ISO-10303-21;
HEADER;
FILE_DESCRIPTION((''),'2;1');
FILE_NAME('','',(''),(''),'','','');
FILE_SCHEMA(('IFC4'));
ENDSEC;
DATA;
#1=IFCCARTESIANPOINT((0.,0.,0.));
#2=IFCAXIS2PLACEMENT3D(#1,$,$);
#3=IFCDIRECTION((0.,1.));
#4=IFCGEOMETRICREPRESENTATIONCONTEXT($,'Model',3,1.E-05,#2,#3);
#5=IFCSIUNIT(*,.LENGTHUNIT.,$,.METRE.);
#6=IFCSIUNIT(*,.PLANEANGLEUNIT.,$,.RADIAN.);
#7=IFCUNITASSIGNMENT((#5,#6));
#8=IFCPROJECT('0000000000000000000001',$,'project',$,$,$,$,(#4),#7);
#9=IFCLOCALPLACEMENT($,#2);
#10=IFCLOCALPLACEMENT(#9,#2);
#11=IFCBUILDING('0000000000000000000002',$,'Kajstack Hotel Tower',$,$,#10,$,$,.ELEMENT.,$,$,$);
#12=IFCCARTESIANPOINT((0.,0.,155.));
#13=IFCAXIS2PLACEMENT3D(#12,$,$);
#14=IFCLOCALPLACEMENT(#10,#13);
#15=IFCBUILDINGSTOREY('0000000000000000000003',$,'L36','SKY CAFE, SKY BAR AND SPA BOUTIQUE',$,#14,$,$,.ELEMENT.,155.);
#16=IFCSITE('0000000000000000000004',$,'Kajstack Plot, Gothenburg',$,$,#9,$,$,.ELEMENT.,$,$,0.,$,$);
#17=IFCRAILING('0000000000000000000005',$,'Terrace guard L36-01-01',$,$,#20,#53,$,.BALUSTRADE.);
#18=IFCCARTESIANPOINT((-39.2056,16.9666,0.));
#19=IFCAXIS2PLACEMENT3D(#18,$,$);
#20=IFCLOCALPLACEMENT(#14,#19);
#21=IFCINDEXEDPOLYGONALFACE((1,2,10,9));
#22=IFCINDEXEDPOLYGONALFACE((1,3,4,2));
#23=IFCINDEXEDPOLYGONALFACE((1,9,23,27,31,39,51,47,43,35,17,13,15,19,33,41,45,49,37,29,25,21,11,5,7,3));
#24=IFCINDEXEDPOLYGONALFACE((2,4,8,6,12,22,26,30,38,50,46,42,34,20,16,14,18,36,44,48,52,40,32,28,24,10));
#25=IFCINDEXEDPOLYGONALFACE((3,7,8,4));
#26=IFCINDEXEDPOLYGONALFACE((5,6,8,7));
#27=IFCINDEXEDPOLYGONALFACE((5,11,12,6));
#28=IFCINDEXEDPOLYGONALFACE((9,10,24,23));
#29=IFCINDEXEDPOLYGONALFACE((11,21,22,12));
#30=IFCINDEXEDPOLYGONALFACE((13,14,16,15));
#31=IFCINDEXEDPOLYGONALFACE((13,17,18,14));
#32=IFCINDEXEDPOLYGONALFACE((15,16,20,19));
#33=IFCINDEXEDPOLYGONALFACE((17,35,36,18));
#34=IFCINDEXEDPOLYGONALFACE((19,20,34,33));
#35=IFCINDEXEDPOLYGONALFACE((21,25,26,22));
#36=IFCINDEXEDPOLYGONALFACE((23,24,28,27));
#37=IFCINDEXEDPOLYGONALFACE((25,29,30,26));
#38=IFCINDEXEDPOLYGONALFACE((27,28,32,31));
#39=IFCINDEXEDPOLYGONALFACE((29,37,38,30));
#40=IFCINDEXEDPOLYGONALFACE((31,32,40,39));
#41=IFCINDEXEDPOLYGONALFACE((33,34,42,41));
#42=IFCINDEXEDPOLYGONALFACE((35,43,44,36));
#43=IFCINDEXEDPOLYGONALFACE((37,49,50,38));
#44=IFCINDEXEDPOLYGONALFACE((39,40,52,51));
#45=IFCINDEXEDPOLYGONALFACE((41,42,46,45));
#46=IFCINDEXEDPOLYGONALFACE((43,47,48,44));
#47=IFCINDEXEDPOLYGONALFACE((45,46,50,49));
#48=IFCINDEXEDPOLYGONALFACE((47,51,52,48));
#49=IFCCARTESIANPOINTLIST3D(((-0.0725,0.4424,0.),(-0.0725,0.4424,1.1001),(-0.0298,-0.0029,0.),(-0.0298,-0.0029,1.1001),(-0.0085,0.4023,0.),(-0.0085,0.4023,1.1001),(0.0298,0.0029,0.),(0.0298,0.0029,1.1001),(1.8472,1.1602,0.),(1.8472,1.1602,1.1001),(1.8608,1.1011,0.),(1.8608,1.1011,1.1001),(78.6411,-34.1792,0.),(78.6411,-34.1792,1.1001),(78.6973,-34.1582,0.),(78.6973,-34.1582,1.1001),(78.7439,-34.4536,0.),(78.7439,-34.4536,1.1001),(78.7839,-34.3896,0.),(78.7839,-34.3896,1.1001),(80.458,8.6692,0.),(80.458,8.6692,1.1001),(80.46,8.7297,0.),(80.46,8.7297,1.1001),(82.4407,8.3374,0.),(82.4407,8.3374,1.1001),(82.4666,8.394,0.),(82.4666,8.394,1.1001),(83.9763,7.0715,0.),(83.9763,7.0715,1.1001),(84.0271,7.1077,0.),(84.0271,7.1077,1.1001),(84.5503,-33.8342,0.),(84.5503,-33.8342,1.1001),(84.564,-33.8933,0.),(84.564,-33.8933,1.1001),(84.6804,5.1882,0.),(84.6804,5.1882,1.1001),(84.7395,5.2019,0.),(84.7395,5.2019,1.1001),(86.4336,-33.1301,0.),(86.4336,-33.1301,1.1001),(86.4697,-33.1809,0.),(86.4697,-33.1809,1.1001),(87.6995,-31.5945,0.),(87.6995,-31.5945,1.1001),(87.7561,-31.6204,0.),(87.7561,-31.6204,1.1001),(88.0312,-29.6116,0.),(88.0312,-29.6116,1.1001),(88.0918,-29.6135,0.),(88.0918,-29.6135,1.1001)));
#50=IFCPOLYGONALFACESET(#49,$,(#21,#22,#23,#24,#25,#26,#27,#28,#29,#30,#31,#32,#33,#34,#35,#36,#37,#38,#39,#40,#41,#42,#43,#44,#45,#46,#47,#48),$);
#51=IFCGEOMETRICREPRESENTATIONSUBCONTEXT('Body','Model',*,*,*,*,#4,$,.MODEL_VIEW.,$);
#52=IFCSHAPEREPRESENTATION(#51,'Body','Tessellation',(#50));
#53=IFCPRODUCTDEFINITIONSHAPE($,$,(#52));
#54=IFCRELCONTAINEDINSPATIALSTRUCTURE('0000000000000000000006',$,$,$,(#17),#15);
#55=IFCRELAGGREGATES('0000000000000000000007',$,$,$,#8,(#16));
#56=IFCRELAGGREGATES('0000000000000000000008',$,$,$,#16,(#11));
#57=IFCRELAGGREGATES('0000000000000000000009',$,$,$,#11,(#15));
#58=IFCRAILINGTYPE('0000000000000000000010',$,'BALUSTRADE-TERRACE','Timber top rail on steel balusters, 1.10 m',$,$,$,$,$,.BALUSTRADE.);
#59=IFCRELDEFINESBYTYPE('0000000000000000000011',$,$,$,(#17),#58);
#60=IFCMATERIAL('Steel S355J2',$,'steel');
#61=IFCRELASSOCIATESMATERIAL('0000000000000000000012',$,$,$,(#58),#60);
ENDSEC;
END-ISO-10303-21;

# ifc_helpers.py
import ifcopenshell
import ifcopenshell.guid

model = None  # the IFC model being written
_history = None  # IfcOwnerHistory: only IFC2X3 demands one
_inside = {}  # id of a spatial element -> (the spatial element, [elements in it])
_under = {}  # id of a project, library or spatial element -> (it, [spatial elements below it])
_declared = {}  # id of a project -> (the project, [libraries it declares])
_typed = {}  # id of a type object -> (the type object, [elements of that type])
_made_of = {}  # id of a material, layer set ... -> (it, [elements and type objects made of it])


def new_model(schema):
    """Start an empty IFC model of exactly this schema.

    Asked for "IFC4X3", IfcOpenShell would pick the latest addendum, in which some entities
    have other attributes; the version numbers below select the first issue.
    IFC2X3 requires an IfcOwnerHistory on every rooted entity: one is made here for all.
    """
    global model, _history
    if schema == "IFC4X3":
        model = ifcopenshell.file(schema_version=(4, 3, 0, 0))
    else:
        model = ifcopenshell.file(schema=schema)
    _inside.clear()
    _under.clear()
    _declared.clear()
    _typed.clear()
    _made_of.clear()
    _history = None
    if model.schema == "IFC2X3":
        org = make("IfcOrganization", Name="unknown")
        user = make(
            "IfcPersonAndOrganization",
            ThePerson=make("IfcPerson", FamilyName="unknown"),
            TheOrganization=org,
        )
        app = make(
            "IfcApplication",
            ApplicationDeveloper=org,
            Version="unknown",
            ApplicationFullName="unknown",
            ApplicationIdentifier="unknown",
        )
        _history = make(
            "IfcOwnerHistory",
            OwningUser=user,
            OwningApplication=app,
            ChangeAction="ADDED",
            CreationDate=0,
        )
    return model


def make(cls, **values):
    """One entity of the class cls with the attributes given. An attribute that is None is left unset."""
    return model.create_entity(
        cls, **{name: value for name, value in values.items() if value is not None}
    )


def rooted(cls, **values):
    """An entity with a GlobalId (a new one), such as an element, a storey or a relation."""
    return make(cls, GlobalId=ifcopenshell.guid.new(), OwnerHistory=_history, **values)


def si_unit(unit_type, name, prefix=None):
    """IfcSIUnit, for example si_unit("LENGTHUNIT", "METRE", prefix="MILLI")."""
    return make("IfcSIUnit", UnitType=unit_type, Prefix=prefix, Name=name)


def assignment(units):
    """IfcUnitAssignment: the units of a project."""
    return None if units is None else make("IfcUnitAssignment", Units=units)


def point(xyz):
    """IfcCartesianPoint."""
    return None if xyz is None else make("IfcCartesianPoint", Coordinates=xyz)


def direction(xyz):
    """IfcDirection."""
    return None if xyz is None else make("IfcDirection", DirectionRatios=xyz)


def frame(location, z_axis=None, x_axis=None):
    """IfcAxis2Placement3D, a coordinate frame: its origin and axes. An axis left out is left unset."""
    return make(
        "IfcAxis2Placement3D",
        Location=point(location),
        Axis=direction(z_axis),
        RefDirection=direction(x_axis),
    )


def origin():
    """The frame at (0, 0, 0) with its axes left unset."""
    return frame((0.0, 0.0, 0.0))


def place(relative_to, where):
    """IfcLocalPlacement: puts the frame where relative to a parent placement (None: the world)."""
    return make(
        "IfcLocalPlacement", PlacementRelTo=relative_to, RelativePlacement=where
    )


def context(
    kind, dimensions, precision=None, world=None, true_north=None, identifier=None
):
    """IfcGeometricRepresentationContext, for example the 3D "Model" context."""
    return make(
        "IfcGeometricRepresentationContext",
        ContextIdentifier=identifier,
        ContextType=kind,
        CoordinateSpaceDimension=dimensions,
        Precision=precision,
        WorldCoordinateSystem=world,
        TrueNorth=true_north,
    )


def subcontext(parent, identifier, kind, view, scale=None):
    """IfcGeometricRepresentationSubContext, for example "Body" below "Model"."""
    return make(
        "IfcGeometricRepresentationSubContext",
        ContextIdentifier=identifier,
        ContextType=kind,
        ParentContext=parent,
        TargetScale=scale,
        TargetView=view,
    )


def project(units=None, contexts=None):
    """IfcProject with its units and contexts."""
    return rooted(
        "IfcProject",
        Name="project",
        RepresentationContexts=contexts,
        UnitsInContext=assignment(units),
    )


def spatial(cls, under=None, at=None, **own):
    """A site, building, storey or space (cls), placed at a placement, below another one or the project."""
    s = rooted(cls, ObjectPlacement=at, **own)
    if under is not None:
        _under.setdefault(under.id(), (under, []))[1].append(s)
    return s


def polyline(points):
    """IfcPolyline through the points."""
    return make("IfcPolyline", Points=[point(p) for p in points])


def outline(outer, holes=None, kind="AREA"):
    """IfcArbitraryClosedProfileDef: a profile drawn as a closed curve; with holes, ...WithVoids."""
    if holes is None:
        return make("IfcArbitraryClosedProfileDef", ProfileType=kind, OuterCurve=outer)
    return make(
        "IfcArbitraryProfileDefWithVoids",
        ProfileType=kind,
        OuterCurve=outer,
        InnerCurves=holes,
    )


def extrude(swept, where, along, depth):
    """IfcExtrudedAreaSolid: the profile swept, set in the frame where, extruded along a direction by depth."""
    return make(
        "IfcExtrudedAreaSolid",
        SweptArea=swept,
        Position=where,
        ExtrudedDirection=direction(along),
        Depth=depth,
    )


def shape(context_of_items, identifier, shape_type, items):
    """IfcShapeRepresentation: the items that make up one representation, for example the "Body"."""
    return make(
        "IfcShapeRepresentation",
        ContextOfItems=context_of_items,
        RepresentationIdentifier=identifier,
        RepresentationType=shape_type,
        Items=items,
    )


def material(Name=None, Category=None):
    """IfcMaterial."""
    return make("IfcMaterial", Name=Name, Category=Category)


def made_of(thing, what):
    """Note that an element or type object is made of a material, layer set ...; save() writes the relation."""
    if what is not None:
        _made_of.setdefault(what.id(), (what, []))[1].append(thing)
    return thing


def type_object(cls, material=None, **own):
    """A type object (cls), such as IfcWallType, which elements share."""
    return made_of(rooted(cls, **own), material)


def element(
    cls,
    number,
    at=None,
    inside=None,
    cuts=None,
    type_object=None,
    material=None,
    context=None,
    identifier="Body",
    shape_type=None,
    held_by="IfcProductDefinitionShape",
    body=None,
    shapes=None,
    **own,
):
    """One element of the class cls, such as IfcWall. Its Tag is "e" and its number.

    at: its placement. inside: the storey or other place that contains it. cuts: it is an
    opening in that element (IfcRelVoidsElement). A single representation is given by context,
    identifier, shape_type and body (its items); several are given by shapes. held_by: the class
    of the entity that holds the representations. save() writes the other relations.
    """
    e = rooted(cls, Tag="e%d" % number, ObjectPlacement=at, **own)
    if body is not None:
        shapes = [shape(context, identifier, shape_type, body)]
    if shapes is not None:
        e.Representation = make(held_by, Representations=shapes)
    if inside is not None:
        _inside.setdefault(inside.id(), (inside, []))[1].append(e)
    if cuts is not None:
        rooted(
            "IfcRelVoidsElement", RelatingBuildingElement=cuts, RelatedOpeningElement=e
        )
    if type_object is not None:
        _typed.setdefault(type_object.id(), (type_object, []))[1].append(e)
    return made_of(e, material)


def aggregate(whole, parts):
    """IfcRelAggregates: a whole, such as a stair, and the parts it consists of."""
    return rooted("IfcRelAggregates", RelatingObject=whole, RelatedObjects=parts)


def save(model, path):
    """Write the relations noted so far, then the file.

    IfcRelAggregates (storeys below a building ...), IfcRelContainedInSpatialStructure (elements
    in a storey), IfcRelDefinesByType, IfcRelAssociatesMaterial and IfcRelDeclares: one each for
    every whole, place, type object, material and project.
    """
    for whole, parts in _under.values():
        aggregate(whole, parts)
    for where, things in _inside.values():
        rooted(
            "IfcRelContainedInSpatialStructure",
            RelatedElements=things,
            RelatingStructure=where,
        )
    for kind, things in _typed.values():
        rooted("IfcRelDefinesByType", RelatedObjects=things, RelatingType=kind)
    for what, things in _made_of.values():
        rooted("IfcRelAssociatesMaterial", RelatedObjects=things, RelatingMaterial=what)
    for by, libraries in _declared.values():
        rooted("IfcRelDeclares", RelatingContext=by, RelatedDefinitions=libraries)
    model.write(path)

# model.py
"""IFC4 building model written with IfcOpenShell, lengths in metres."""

from ifc_helpers import new_model, si_unit, direction, frame, origin, place, context, subcontext, project, spatial, polyline, outline, extrude, material, type_object, element, save


model = new_model("IFC4")

# Units and contexts
model_context = context("Model", 3, precision=1e-05, world=origin(), true_north=direction((0.0, 1.0)))
body_context = subcontext(model_context, "Body", "Model", "MODEL_VIEW")
ifc_project = project(units=[si_unit("LENGTHUNIT", "METRE"), si_unit("PLANEANGLEUNIT", "RADIAN")], contexts=[model_context])

# Site, building, storey
site_placement = place(None, origin())
site = spatial("IfcSite", under=ifc_project, at=site_placement, Name="Kajstack Plot, Gothenburg", CompositionType="ELEMENT", RefElevation=0.0)
building_placement = place(site_placement, origin())
building = spatial("IfcBuilding", under=site, at=building_placement, Name="Kajstack Hotel Tower", CompositionType="ELEMENT")
storey_placement = place(building_placement, frame((0.0, 0.0, 155.0)))
storey = spatial("IfcBuildingStorey", under=building, at=storey_placement, Name="L36", Description="SKY CAFE, SKY BAR AND SPA BOUTIQUE", CompositionType="ELEMENT", Elevation=155.0)

# Railing
ifc_material_1 = material(Name="Steel S355J2", Category="steel")
railing_type = type_object("IfcRailingType", Name="BALUSTRADE-TERRACE", Description="Timber top rail on steel balusters, 1.10 m", PredefinedType="BALUSTRADE", material=ifc_material_1)
railing_placement = place(storey_placement, frame((-39.2056, 16.9666, 0.0)))
element("IfcRailing", 1, at=railing_placement, inside=storey, type_object=railing_type, Name="Terrace guard L36-01-01", PredefinedType="BALUSTRADE", context=body_context, shape_type="SweptSolid", body=[
    extrude(outline(polyline([(-0.0725, 0.4424), (1.8472, 1.1602), (80.46, 8.7297), (82.4666, 8.394), (84.0271, 7.1077), (84.7395, 5.2019), (88.0918, -29.6135), (87.7561, -31.6204), (86.4697, -33.1809), (84.564, -33.8933), (78.7439, -34.4536), (78.6411, -34.1792), (78.6973, -34.1582), (78.7839, -34.3896), (84.5503, -33.8342), (86.4336, -33.1301), (87.6995, -31.5945), (88.0312, -29.6116), (84.6804, 5.1882), (83.9763, 7.0715), (82.4407, 8.3374), (80.458, 8.6692), (1.8608, 1.1011), (-0.0085, 0.4023), (0.0298, 0.0029), (-0.0298, -0.0029), (-0.0725, 0.4424)])), origin(), (0.0, 0.0, 1.0), 1.1001),
])

save(model, "model.ifc")
